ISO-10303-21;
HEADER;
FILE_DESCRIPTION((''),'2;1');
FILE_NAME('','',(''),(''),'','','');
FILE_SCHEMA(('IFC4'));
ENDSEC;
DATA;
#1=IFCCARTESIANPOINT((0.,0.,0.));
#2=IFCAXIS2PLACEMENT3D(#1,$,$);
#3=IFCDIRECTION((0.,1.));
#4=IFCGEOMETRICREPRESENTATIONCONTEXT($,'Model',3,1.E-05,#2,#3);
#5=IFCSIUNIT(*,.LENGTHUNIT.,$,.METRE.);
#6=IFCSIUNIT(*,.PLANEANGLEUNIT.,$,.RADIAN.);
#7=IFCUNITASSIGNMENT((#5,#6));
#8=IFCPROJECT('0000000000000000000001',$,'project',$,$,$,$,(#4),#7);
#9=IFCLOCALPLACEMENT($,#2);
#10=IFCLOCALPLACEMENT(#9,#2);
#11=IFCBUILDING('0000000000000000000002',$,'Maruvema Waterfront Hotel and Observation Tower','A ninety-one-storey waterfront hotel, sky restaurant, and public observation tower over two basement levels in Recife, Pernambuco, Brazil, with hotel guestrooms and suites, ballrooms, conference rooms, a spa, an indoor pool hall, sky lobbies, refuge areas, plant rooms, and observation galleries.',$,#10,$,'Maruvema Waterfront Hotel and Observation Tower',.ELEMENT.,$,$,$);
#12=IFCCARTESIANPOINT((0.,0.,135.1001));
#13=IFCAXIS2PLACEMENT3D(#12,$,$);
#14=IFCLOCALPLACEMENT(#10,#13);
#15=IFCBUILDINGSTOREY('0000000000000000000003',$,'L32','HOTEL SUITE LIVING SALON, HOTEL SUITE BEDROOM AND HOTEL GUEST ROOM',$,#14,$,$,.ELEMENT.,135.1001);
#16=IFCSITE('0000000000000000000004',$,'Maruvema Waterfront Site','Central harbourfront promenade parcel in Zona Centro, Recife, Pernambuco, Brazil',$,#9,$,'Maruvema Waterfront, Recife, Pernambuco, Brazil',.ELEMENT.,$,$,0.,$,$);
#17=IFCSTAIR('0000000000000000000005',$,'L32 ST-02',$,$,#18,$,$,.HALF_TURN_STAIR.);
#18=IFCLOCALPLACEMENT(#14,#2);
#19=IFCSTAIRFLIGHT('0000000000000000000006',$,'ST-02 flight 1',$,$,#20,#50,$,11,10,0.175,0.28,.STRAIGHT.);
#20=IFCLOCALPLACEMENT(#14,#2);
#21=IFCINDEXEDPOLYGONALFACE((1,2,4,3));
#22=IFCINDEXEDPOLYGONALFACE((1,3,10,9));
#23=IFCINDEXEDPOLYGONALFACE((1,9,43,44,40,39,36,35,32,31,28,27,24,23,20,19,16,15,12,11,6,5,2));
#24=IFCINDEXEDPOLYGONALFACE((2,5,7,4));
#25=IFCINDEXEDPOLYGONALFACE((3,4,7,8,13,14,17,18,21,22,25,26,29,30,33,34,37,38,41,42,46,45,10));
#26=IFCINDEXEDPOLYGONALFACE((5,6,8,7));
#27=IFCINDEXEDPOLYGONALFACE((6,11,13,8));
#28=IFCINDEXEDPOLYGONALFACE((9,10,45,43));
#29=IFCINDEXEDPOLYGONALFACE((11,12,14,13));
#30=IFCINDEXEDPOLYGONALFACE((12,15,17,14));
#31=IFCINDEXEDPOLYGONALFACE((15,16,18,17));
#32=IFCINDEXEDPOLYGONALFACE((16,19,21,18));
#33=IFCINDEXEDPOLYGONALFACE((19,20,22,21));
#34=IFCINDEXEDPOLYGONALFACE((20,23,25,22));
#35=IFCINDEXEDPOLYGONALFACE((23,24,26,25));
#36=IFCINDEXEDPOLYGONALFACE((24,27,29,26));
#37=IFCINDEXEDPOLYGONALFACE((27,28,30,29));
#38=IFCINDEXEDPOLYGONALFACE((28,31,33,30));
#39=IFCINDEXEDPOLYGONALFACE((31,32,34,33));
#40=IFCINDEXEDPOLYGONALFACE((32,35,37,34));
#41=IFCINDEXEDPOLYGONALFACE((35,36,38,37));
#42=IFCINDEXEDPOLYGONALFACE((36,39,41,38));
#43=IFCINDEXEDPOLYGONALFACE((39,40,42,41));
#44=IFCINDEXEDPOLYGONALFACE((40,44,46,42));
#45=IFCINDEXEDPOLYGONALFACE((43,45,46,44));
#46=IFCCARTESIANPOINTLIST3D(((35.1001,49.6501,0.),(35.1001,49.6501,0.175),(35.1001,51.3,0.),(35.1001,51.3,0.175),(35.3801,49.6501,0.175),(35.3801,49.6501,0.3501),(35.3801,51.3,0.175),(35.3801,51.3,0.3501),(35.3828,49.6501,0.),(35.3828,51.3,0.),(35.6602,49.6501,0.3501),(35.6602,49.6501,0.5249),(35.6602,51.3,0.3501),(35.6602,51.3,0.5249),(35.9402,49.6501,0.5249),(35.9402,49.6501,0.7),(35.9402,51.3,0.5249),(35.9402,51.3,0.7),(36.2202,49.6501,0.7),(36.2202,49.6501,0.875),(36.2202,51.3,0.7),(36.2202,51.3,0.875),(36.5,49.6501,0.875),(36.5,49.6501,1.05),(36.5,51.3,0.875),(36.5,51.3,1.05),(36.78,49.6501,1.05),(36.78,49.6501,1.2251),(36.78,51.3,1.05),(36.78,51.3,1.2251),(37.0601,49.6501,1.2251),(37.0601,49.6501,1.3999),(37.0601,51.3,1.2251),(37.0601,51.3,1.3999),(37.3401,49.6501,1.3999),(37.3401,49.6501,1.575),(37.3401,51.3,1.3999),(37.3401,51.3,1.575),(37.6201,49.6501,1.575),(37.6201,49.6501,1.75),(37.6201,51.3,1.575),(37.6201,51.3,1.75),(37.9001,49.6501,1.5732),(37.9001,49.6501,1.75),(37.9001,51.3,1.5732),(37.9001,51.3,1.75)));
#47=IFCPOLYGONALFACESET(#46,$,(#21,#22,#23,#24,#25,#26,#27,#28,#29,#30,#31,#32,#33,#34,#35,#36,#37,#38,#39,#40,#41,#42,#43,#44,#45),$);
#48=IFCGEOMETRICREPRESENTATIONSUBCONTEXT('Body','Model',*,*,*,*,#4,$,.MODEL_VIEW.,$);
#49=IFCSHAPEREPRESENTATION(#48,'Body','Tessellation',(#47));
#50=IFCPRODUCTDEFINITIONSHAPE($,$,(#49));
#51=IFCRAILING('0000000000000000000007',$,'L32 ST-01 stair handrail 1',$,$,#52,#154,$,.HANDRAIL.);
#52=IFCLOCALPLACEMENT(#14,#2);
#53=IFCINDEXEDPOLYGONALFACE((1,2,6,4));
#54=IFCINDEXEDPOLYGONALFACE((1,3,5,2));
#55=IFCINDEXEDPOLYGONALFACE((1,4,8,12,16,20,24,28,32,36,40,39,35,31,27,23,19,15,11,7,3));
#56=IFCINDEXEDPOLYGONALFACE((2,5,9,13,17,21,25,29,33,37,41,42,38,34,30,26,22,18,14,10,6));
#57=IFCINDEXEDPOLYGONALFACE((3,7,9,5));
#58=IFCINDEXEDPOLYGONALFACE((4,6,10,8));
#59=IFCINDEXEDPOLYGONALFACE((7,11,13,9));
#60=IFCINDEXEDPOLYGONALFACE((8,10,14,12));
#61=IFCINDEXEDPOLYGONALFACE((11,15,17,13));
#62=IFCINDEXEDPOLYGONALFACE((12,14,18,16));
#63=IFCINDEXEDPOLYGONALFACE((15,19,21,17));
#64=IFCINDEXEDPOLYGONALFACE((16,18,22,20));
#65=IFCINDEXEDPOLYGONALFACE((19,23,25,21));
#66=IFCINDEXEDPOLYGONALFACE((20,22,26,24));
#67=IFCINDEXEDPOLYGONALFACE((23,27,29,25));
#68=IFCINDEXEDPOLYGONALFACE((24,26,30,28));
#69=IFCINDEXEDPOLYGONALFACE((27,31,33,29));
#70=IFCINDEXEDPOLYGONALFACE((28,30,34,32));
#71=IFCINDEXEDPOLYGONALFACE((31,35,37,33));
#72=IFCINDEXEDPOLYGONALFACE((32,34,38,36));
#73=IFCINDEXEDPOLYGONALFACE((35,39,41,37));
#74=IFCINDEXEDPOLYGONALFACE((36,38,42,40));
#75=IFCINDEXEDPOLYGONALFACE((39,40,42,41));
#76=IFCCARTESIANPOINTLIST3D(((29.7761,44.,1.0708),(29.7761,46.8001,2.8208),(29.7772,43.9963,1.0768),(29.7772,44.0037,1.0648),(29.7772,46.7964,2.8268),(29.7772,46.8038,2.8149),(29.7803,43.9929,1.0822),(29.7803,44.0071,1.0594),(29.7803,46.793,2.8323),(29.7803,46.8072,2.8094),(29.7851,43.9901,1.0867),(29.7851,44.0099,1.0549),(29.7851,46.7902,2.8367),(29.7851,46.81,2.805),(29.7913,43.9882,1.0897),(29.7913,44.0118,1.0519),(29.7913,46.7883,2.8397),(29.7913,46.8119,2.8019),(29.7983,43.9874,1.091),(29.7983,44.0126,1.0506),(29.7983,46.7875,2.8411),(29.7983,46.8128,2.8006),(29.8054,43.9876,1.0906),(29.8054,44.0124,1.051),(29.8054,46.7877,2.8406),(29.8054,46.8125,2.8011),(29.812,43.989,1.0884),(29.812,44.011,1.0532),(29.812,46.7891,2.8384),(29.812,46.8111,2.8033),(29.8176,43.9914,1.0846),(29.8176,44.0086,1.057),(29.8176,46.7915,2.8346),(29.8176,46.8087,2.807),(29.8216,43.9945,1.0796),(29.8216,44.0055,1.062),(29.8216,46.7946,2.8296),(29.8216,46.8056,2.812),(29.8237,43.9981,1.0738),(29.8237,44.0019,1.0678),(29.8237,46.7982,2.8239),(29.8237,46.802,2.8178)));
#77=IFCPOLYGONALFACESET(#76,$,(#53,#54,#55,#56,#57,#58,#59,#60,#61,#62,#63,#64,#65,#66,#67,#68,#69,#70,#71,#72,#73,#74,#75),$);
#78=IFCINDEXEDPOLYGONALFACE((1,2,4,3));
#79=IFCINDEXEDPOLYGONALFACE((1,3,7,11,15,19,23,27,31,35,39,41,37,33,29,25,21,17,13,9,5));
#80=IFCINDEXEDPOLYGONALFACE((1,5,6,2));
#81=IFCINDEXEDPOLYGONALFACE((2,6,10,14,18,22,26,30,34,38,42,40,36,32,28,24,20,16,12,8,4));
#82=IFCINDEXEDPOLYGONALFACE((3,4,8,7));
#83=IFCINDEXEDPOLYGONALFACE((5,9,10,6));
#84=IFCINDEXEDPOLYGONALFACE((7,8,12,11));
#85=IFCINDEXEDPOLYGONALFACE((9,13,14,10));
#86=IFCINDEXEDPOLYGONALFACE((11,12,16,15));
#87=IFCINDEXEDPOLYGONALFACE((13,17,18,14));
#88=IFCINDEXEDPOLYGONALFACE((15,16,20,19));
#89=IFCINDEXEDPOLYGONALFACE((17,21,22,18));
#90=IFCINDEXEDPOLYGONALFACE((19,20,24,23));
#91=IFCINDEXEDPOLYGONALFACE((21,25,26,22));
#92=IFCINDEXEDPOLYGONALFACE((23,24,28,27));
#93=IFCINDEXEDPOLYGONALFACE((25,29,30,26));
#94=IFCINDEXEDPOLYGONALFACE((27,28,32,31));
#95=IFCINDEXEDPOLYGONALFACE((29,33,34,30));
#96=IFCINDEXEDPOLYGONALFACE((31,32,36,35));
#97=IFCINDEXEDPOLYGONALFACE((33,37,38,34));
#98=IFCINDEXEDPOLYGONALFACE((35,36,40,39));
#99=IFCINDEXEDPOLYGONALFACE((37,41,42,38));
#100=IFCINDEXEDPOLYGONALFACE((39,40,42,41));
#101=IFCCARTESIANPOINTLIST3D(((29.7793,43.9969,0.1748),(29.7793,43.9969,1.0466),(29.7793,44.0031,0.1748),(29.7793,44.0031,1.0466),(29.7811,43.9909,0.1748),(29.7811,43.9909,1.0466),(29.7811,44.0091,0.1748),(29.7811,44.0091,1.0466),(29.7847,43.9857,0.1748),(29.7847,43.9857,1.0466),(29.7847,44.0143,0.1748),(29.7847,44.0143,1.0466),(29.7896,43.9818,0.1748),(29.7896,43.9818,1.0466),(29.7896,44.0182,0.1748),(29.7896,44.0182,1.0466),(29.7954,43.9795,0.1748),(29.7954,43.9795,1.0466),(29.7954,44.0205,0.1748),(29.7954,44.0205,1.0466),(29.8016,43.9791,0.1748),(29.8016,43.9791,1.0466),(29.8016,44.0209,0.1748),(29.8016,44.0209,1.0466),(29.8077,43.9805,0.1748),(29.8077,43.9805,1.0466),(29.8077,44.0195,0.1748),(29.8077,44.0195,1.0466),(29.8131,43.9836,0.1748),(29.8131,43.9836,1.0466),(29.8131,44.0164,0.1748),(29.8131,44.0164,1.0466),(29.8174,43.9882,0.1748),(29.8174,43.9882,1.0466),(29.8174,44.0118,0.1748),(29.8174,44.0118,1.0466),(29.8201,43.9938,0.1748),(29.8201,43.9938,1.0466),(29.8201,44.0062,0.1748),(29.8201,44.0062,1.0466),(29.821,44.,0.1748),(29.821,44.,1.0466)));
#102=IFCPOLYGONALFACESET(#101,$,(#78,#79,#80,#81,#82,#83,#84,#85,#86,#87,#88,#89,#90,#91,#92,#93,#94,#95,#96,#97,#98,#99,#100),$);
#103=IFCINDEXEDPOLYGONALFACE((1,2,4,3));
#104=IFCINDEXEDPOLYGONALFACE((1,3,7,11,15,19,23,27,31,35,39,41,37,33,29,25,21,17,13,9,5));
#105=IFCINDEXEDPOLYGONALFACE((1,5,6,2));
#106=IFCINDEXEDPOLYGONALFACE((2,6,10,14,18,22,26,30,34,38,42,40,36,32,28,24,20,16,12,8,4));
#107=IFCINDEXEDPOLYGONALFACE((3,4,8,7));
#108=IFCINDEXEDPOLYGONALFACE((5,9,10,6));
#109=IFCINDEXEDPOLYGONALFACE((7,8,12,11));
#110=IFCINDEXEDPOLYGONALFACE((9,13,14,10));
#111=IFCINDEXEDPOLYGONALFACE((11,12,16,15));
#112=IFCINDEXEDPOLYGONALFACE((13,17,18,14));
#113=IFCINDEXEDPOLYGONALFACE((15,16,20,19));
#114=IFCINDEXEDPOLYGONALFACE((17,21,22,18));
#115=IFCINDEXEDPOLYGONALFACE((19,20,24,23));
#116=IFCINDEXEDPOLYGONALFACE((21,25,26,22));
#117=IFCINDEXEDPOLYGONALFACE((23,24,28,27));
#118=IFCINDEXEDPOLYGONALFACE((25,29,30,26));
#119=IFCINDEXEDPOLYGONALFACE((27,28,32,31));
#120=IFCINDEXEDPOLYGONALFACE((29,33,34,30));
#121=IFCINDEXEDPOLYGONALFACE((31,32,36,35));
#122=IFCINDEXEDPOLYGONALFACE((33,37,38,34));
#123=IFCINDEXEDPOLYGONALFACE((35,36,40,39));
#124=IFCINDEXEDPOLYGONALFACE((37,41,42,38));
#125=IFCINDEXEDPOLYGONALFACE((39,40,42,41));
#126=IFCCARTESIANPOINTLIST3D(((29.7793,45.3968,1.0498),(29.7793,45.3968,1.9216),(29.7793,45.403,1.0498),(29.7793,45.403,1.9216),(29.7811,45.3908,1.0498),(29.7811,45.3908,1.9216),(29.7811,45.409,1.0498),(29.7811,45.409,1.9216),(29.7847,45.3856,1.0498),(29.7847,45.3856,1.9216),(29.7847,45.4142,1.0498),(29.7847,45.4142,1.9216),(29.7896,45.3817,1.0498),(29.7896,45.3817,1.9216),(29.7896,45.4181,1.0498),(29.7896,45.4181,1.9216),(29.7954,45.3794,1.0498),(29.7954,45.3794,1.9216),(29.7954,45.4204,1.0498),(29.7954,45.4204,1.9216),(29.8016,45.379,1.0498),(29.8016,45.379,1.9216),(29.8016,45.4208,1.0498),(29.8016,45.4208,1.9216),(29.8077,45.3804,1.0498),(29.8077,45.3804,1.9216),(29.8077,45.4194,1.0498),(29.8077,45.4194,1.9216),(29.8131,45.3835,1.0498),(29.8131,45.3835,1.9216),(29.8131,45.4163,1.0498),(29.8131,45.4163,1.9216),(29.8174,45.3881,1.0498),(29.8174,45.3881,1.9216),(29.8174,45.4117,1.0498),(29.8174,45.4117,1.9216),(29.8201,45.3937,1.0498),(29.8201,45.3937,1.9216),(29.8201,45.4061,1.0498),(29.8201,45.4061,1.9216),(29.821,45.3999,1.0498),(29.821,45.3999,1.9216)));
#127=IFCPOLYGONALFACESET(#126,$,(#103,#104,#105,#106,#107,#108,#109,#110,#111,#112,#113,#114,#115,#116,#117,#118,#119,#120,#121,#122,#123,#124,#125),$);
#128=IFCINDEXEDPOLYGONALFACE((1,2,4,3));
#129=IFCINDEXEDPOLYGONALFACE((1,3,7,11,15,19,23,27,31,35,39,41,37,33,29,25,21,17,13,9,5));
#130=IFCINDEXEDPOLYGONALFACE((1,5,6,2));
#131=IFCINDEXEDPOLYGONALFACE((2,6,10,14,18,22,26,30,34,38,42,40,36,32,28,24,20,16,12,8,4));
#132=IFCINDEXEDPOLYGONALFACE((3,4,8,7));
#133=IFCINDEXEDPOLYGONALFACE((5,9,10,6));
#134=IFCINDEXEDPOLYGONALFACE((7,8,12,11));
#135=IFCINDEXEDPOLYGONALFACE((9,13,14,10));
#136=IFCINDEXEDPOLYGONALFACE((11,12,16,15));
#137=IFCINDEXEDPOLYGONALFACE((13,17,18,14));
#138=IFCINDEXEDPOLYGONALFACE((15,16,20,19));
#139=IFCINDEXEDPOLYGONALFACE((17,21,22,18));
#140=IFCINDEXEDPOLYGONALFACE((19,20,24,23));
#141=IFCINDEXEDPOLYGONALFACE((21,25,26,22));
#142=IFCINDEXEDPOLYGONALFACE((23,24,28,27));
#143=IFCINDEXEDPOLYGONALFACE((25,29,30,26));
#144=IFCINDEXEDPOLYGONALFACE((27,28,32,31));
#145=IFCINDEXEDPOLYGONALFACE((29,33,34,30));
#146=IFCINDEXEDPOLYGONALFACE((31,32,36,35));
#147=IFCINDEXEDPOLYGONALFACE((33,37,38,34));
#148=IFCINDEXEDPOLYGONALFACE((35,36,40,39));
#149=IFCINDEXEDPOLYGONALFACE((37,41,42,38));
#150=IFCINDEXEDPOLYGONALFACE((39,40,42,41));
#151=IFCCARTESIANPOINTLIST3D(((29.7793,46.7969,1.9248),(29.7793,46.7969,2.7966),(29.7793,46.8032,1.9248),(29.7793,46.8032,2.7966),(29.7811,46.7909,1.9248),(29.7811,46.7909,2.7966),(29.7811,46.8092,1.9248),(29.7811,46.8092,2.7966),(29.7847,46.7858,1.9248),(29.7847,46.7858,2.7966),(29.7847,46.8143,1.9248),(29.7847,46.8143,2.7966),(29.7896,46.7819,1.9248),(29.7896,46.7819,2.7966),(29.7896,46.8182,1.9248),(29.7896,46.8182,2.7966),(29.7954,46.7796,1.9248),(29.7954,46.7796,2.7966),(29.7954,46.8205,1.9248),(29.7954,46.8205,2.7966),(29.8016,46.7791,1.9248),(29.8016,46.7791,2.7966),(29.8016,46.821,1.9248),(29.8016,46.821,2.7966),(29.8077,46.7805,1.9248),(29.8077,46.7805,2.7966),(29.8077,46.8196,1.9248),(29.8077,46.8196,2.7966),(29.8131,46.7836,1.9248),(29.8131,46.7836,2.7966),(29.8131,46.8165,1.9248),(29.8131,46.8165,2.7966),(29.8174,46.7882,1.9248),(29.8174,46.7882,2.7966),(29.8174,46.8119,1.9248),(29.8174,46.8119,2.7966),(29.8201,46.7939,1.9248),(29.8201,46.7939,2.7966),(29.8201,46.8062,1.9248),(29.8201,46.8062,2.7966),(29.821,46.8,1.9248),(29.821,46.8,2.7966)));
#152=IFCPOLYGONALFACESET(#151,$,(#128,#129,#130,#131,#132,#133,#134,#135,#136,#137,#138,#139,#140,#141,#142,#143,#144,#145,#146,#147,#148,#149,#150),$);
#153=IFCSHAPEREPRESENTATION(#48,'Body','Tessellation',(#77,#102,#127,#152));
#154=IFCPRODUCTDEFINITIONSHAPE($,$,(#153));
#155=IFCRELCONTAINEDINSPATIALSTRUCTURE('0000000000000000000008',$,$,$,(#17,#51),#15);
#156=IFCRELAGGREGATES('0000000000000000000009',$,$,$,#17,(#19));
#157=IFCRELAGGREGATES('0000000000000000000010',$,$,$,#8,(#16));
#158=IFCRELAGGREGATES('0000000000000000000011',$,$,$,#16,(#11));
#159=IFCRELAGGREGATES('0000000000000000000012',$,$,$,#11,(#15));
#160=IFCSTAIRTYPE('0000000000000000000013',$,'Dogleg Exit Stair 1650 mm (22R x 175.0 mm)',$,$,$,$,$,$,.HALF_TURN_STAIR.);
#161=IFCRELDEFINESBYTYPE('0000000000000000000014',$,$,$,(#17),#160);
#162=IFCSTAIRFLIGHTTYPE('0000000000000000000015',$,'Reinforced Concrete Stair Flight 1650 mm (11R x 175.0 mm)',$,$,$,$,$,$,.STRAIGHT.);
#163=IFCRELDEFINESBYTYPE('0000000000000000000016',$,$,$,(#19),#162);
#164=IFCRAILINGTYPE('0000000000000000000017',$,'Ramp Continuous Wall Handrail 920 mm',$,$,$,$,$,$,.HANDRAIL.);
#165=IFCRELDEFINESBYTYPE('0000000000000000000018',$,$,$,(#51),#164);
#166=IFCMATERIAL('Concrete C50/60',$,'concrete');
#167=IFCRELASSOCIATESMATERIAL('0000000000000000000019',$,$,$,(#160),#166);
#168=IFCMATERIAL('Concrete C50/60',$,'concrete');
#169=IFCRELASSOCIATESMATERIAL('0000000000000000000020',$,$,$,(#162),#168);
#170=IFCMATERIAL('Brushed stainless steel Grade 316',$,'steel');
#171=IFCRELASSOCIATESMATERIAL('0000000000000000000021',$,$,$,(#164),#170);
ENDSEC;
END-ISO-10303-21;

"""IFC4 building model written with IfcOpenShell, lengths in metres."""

from ifc_helpers import new_model, si_unit, direction, frame, origin, origin_2d, place, context, subcontext, project, spatial, polyline, circle, outline, extrude, material, type_object, element, aggregate, save


model = new_model("IFC4")

# Units and contexts
model_context = context("Model", 3, precision=1e-05, world=origin(), true_north=direction((0.0, 1.0)))
body_context = subcontext(model_context, "Body", "Model", "MODEL_VIEW")
ifc_project = project(units=[si_unit("LENGTHUNIT", "METRE"), si_unit("PLANEANGLEUNIT", "RADIAN")], contexts=[model_context])

# Site, building, storey
site_placement = place(None, origin())
site = spatial("IfcSite", under=ifc_project, at=site_placement, Name="Maruvema Waterfront Site", Description="Central harbourfront promenade parcel in Zona Centro, Recife, Pernambuco, Brazil", LongName="Maruvema Waterfront, Recife, Pernambuco, Brazil", CompositionType="ELEMENT", RefElevation=0.0)
building_placement = place(site_placement, origin())
building = spatial("IfcBuilding", under=site, at=building_placement, Name="Maruvema Waterfront Hotel and Observation Tower", Description="A ninety-one-storey waterfront hotel, sky restaurant, and public observation tower over two basement levels in Recife, Pernambuco, Brazil, with hotel guestrooms and suites, ballrooms, conference rooms, a spa, an indoor pool hall, sky lobbies, refuge areas, plant rooms, and observation galleries.", LongName="Maruvema Waterfront Hotel and Observation Tower", CompositionType="ELEMENT")
storey_placement = place(building_placement, frame((0.0, 0.0, 135.1001)))
storey = spatial("IfcBuildingStorey", under=building, at=storey_placement, Name="L32", Description="HOTEL SUITE LIVING SALON, HOTEL SUITE BEDROOM AND HOTEL GUEST ROOM", CompositionType="ELEMENT", Elevation=135.1001)

# Shared definitions
ifc_material_1 = material(Name="Concrete C50/60", Category="concrete")
stair_type = type_object("IfcStairType", Name="Dogleg Exit Stair 1650 mm (22R x 175.0 mm)", PredefinedType="HALF_TURN_STAIR", material=ifc_material_1)
ifc_material_2 = material(Name="Concrete C50/60", Category="concrete")
stair_flight_type = type_object("IfcStairFlightType", Name="Reinforced Concrete Stair Flight 1650 mm (11R x 175.0 mm)", PredefinedType="STRAIGHT", material=ifc_material_2)

# Stair, stair flight
stair_1_placement = place(storey_placement, origin())
stair_1 = element("IfcStair", 1, at=stair_1_placement, inside=storey, type_object=stair_type, Name="L32 ST-02", PredefinedType="HALF_TURN_STAIR")
stair_flight_1_placement = place(storey_placement, frame((35.1001, 50.4751, 0.0), z_axis=(0.0, 0.0, 1.0), x_axis=(1.0, 0.0, 0.0)))
stair_flight_1 = element("IfcStairFlight", 2, at=stair_flight_1_placement, type_object=stair_flight_type, Name="ST-02 flight 1", NumberOfRisers=11, NumberOfTreads=10, PredefinedType="STRAIGHT", RiserHeight=0.175, TreadLength=0.28, context=body_context, shape_type="SweptSolid", body=[
    extrude(outline(polyline([(0.0, 0.0), (0.0, 0.175), (0.28, 0.175), (0.28, 0.3501), (0.5601, 0.3501), (0.5601, 0.5249), (0.8401, 0.5249), (0.8401, 0.7), (1.1201, 0.7), (1.1201, 0.875), (1.3999, 0.875), (1.3999, 1.05), (1.6799, 1.05), (1.6799, 1.2251), (1.96, 1.2251), (1.96, 1.3999), (2.24, 1.3999), (2.24, 1.575), (2.52, 1.575), (2.52, 1.75), (2.8, 1.75), (2.8, 1.925), (2.8, 1.5732), (0.2827, 0.0), (0.0, 0.0)])), frame((0.0, 0.825, 0.0), z_axis=(0.0, -1.0, 0.0), x_axis=(1.0, 0.0, 0.0)), (0.0, 0.0, 1.0), 1.6499),
])
aggregate(stair_1, [stair_flight_1])

# Railing
ifc_material_3 = material(Name="Brushed stainless steel Grade 316", Category="steel")
railing_type_1 = type_object("IfcRailingType", Name="Ramp Continuous Wall Handrail 920 mm", PredefinedType="HANDRAIL", material=ifc_material_3)
railing_1_placement = place(storey_placement, frame((29.8, 44.0, 0.1748)))
element("IfcRailing", 3, at=railing_1_placement, inside=storey, type_object=railing_type_1, Name="L32 ST-01 stair handrail 1", PredefinedType="HANDRAIL", context=body_context, shape_type="SweptSolid", body=[
    extrude(circle(Radius=0.0239, at=origin_2d()), frame((0.0, 0.0, 0.896), z_axis=(0.0, 0.848002, 0.529992), x_axis=(-1.0, 0.0, 0.0)), (0.0, 0.0, 1.0), 3.302),
    extrude(circle(Radius=0.021, at=origin_2d()), origin(), (0.0, 0.0, 1.0), 0.8718),
    extrude(circle(Radius=0.021, at=origin_2d()), frame((0.0, 1.3999, 0.875)), (0.0, 0.0, 1.0), 0.8718),
    extrude(circle(Radius=0.021, at=origin_2d()), frame((0.0, 2.8, 1.75)), (0.0, 0.0, 1.0), 0.8718),
])

save(model, "model.ifc")
